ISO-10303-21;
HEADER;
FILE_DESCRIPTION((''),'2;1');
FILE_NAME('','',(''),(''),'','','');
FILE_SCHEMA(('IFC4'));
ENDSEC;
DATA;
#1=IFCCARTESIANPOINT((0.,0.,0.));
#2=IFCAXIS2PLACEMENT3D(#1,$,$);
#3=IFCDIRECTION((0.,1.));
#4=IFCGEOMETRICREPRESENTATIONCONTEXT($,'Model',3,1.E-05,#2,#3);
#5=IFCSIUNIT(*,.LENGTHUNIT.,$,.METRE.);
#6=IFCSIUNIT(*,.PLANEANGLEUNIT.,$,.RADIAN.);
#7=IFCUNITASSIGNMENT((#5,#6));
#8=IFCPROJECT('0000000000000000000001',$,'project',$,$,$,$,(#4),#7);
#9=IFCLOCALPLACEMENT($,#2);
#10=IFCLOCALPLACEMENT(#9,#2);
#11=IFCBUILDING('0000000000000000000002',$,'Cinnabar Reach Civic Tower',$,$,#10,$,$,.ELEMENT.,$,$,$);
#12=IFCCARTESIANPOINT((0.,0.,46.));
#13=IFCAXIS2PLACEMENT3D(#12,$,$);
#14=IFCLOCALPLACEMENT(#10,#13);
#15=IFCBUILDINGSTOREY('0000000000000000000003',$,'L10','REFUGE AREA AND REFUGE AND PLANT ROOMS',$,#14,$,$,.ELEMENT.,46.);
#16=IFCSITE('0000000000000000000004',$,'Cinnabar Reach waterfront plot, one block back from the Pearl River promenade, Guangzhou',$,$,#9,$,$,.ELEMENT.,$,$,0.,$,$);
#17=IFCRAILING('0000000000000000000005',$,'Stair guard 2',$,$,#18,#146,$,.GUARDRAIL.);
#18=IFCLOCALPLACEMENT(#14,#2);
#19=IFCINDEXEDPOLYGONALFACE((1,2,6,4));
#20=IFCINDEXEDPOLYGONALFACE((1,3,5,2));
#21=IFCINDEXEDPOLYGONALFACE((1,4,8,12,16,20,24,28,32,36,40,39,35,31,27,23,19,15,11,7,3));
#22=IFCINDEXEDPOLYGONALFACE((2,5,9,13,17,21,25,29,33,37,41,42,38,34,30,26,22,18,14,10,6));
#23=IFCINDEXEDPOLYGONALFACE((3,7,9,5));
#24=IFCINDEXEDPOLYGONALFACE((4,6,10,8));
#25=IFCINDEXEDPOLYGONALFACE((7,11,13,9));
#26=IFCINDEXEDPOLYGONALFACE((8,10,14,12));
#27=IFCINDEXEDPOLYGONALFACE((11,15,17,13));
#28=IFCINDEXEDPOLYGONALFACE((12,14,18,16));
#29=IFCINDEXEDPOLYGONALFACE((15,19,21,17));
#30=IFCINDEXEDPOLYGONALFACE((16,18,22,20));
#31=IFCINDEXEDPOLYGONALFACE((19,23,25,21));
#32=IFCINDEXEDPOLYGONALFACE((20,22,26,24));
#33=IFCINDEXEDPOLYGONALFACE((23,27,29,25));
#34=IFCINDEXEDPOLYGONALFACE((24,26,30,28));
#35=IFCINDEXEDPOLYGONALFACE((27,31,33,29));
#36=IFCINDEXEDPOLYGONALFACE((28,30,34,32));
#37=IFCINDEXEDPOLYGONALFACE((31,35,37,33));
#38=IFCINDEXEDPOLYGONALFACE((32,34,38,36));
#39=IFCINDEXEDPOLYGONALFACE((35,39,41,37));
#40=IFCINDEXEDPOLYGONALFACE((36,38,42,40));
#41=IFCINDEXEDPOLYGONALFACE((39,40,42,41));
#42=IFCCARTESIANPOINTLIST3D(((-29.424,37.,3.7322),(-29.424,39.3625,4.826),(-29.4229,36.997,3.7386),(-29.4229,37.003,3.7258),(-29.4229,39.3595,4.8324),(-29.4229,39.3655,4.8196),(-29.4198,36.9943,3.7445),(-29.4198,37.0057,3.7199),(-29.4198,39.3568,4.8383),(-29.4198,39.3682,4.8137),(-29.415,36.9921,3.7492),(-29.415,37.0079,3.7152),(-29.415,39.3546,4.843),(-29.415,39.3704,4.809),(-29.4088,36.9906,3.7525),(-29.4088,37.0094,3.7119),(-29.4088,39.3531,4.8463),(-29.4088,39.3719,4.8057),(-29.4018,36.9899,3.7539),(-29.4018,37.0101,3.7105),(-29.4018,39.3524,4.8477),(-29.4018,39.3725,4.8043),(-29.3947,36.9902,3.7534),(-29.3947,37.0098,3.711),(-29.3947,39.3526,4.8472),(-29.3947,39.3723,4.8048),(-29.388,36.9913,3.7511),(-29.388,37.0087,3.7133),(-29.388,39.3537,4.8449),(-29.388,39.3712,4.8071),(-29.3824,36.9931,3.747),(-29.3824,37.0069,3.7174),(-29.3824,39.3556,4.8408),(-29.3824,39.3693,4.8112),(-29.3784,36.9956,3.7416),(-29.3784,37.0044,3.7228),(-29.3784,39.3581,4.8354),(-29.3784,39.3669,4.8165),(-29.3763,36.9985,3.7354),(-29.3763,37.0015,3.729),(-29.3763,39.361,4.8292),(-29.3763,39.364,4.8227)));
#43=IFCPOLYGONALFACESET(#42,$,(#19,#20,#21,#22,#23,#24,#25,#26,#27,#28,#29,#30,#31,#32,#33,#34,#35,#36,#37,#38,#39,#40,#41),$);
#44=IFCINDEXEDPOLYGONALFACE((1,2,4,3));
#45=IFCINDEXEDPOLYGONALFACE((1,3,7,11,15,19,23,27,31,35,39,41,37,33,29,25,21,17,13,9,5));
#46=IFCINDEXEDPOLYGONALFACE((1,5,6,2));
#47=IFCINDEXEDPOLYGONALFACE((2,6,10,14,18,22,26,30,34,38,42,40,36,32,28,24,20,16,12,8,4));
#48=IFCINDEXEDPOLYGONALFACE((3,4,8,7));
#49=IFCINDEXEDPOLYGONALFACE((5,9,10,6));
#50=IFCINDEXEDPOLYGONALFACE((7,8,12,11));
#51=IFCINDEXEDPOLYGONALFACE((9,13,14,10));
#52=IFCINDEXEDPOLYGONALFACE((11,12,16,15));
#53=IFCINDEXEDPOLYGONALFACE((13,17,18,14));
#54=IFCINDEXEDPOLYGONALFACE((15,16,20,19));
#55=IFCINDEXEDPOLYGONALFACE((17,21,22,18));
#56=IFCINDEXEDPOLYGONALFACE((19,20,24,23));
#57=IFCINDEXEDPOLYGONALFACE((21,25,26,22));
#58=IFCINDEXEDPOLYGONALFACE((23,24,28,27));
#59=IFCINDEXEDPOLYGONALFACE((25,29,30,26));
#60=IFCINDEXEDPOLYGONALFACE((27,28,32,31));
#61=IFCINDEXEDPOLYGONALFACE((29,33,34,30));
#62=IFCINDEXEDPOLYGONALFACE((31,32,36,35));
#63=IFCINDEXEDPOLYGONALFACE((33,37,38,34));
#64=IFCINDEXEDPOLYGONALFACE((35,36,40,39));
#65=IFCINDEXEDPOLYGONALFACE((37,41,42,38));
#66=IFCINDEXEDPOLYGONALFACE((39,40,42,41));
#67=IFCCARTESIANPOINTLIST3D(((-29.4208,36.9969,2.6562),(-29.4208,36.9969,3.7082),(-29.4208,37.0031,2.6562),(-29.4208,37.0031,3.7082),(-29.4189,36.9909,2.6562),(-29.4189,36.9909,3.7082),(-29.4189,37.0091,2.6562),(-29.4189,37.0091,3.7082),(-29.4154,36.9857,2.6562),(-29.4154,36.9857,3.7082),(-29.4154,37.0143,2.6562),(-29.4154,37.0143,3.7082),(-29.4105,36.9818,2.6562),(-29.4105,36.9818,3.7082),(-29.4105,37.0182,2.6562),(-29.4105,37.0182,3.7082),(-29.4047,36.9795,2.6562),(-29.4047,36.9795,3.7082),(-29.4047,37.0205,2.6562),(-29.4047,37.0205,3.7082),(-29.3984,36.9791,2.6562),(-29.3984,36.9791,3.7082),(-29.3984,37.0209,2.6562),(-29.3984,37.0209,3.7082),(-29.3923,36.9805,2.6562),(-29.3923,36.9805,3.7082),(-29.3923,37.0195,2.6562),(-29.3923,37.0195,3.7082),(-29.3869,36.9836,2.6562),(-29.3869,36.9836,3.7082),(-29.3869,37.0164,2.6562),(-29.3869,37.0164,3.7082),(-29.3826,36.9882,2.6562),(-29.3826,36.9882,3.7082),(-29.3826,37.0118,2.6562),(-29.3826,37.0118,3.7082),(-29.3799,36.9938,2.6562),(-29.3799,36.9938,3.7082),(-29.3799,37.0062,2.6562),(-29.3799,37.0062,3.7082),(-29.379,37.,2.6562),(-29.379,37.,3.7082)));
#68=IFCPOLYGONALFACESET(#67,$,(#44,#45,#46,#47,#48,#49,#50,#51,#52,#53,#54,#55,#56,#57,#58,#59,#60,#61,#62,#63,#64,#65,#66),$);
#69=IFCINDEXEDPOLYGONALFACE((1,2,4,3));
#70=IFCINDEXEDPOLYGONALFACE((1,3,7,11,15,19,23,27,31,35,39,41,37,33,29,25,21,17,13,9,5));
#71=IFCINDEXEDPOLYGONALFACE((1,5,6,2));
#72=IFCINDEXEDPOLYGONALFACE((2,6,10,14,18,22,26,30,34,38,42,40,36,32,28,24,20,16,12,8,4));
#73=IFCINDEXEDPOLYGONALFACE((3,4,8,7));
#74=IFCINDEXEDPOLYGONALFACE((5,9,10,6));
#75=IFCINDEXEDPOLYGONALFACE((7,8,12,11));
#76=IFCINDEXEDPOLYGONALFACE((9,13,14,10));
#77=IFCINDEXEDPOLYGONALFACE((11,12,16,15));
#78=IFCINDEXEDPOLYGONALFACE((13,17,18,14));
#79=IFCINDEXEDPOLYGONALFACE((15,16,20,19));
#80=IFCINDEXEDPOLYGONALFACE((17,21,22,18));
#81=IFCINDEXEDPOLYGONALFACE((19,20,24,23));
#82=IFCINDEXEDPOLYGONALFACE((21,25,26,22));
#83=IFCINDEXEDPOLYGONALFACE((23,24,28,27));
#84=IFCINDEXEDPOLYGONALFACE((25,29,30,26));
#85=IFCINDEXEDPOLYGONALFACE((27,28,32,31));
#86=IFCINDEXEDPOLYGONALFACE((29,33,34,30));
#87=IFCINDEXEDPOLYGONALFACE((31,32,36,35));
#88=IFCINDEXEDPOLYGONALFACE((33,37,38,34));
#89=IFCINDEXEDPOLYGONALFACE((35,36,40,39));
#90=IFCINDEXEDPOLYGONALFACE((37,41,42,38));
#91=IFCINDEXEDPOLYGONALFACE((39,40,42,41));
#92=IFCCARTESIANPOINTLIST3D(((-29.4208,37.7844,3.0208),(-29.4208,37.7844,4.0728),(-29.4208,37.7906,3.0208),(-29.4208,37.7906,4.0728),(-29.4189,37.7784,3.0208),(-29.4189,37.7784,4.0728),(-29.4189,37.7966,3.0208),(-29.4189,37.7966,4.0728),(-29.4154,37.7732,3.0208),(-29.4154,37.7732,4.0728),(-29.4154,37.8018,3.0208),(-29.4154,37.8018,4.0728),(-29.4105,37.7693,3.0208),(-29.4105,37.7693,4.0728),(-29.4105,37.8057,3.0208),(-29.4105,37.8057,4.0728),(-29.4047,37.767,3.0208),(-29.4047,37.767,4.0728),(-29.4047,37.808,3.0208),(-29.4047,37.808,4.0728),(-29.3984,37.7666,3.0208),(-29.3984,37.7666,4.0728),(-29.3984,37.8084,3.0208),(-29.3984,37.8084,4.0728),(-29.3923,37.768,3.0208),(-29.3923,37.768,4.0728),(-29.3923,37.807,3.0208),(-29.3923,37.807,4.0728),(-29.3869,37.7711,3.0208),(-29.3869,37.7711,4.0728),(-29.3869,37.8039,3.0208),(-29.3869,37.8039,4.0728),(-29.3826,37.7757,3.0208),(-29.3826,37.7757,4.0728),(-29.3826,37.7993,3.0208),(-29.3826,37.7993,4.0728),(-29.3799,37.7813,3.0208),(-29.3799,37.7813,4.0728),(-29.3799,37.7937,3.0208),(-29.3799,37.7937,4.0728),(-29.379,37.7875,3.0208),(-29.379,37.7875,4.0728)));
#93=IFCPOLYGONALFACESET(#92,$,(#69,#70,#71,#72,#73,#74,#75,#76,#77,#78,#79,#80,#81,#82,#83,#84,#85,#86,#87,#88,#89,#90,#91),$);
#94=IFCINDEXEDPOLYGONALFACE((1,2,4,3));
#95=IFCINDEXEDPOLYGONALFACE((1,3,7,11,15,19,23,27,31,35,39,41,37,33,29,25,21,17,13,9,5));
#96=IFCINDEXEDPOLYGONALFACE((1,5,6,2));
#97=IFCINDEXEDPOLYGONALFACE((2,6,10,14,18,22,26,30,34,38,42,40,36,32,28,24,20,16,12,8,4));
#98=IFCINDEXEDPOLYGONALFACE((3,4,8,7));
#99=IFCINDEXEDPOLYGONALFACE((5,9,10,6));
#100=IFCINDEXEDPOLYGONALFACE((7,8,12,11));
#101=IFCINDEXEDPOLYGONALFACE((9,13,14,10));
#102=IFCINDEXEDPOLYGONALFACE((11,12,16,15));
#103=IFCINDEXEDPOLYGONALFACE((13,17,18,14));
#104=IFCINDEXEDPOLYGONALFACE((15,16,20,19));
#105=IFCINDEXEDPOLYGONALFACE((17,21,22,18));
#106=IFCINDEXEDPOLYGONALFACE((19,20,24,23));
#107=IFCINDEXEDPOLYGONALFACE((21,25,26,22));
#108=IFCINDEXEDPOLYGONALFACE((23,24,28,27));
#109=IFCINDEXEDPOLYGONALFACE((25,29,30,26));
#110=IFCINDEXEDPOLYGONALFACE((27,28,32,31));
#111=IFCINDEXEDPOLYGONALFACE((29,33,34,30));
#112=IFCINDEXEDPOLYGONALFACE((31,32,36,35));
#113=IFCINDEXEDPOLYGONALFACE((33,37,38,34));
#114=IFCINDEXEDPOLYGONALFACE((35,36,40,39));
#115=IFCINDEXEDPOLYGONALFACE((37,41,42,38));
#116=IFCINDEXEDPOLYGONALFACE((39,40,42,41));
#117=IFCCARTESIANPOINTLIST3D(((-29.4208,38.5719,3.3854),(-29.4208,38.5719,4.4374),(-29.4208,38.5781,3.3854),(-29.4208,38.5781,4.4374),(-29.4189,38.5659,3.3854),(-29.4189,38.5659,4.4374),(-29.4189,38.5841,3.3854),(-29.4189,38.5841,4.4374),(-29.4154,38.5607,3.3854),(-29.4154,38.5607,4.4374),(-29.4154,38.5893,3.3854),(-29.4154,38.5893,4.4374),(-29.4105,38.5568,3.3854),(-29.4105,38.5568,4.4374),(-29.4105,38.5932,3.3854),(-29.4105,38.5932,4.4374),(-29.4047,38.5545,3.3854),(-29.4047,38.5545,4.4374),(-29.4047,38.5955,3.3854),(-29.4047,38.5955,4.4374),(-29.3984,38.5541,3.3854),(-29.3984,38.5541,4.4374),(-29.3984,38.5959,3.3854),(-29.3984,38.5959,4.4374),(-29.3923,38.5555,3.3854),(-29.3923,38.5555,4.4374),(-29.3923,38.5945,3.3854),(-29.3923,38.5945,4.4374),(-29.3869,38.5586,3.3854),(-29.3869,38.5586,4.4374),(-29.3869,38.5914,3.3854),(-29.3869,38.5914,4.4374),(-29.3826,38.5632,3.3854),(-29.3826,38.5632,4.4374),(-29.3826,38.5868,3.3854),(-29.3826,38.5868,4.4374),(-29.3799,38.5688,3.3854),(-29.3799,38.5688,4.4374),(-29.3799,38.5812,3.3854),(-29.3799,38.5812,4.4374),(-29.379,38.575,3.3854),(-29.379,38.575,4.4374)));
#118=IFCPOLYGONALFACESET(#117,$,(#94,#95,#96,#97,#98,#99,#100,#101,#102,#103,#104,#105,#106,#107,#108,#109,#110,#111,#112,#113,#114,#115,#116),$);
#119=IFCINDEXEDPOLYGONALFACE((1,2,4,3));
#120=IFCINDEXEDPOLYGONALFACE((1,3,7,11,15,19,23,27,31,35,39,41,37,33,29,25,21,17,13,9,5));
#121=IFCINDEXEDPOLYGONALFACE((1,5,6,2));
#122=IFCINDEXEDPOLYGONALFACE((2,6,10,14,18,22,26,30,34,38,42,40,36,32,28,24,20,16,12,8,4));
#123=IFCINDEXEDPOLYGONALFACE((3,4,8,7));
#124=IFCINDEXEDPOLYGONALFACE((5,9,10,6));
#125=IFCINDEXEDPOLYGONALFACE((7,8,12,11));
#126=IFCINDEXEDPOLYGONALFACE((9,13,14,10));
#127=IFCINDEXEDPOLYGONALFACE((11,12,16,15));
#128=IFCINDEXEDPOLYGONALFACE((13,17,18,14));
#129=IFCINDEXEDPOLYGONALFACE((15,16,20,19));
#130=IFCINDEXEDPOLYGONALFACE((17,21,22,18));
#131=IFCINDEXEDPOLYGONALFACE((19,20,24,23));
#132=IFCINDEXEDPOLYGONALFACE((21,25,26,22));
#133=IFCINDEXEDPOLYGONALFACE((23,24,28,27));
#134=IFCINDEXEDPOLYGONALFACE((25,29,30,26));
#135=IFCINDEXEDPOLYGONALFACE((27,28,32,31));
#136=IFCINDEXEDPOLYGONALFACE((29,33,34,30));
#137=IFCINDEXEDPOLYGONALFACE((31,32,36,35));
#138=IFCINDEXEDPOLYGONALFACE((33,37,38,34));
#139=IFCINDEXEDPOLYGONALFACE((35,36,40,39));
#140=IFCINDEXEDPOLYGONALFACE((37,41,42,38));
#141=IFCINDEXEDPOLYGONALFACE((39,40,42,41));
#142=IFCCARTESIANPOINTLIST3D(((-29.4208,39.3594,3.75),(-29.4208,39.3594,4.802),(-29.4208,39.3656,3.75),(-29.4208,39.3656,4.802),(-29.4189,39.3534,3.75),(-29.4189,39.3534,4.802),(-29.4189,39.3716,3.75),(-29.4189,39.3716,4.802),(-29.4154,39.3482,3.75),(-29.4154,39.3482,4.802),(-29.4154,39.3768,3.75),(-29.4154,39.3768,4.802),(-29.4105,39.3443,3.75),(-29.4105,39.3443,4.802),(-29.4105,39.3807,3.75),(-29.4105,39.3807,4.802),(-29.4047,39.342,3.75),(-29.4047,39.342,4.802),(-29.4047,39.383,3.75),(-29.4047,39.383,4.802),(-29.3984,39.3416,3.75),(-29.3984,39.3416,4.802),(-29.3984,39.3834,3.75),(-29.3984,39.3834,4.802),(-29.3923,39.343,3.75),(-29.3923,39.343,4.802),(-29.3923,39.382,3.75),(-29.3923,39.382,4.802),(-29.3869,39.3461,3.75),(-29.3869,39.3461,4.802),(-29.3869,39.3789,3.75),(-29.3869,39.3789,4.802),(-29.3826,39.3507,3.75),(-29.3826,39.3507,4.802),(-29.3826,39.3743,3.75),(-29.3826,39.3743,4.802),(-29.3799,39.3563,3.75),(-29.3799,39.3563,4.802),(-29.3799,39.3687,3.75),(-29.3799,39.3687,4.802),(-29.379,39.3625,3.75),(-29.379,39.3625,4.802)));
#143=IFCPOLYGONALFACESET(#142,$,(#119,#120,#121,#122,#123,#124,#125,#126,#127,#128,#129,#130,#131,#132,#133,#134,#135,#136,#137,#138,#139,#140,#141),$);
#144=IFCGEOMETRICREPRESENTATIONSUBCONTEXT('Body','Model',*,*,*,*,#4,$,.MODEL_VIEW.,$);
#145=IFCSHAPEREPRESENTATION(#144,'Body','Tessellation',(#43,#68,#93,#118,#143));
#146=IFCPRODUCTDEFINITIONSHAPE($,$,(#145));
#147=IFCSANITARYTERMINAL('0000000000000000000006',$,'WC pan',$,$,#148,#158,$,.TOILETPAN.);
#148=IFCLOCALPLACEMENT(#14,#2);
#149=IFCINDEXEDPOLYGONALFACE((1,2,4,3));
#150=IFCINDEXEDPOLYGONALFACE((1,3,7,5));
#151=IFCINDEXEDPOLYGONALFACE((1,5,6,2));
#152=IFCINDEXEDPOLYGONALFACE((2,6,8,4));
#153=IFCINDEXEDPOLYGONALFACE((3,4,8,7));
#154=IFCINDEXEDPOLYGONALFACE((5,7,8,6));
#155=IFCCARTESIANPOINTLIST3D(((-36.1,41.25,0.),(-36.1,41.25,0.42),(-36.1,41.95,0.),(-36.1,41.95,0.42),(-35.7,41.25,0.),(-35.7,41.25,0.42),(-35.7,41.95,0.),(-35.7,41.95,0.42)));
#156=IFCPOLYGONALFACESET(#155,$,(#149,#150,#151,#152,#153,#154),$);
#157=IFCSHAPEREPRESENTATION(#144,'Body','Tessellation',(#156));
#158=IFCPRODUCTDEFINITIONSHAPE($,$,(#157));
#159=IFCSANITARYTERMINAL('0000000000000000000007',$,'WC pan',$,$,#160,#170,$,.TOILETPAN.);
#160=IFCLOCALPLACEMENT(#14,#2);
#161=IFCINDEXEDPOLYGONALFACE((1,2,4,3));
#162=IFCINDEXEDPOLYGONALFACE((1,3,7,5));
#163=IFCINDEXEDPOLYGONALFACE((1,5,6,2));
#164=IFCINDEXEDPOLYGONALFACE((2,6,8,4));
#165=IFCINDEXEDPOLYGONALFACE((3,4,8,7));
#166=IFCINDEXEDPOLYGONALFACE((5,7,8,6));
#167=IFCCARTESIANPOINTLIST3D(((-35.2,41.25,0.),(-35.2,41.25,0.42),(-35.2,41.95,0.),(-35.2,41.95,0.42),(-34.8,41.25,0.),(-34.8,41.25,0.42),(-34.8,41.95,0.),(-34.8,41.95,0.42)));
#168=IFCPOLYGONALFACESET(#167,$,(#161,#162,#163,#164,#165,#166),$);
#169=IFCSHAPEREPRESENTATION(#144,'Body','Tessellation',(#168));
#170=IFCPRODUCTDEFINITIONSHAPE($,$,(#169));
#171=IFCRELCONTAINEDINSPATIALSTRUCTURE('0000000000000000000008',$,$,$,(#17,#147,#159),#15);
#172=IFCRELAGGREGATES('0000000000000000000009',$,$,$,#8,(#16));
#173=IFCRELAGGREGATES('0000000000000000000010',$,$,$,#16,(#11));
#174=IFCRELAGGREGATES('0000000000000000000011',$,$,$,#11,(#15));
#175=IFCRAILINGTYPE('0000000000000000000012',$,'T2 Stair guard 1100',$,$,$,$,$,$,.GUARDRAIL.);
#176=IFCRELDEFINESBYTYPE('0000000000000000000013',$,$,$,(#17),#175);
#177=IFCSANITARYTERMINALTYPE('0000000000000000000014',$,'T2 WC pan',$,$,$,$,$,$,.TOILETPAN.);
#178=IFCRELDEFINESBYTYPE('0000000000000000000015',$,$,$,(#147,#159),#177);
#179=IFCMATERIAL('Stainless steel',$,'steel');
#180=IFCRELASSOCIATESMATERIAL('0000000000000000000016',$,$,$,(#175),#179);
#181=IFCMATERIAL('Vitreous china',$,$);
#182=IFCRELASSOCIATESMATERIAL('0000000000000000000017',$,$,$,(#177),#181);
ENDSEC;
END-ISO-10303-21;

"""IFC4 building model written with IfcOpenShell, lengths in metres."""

from ifc_helpers import new_model, si_unit, direction, frame, origin, origin_2d, place, context, subcontext, project, spatial, rectangle, circle, extrude, material, type_object, element, save


model = new_model("IFC4")

# Units and contexts
model_context = context("Model", 3, precision=1e-05, world=origin(), true_north=direction((0.0, 1.0)))
body_context = subcontext(model_context, "Body", "Model", "MODEL_VIEW")
ifc_project = project(units=[si_unit("LENGTHUNIT", "METRE"), si_unit("PLANEANGLEUNIT", "RADIAN")], contexts=[model_context])

# Site, building, storey
site_placement = place(None, origin())
site = spatial("IfcSite", under=ifc_project, at=site_placement, Name="Cinnabar Reach waterfront plot, one block back from the Pearl River promenade, Guangzhou", CompositionType="ELEMENT", RefElevation=0.0)
building_placement = place(site_placement, origin())
building = spatial("IfcBuilding", under=site, at=building_placement, Name="Cinnabar Reach Civic Tower", CompositionType="ELEMENT")
storey_placement = place(building_placement, frame((0.0, 0.0, 46.0)))
storey = spatial("IfcBuildingStorey", under=building, at=storey_placement, Name="L10", Description="REFUGE AREA AND REFUGE AND PLANT ROOMS", CompositionType="ELEMENT", Elevation=46.0)

# Railing
ifc_material_1 = material(Name="Stainless steel", Category="steel")
railing_type = type_object("IfcRailingType", Name="T2 Stair guard 1100", PredefinedType="GUARDRAIL", material=ifc_material_1)
railing_1_placement = place(storey_placement, frame((-29.4, 37.0, 2.6562)))
element("IfcRailing", 1, at=railing_1_placement, inside=storey, type_object=railing_type, Name="Stair guard 2", PredefinedType="GUARDRAIL", context=body_context, shape_type="SweptSolid", body=[
    extrude(circle(Radius=0.024, at=origin_2d()), frame((0.0, 0.0, 1.076), z_axis=(0.0, 0.90746, 0.420139), x_axis=(-1.0, 0.0, 0.0)), (0.0, 0.0, 1.0), 2.6034),
    extrude(circle(Radius=0.021, at=origin_2d()), origin(), (0.0, 0.0, 1.0), 1.052),
    extrude(circle(Radius=0.021, at=origin_2d()), frame((0.0, 0.7875, 0.3646)), (0.0, 0.0, 1.0), 1.052),
    extrude(circle(Radius=0.021, at=origin_2d()), frame((0.0, 1.575, 0.7292)), (0.0, 0.0, 1.0), 1.052),
    extrude(circle(Radius=0.021, at=origin_2d()), frame((0.0, 2.3625, 1.0938)), (0.0, 0.0, 1.0), 1.052),
])

# Sanitary terminals
ifc_material_2 = material(Name="Vitreous china")
sanitary_terminal_type = type_object("IfcSanitaryTerminalType", Name="T2 WC pan", PredefinedType="TOILETPAN", material=ifc_material_2)
for number, where, z_axis, x_axis, name in (
    (2, (-35.9, 41.6, 0.0), (0.0, 0.0, 1.0), (1.0, 0.0, 0.0), "WC pan"),
    (3, (-35.0, 41.6, 0.0), (0.0, 0.0, 1.0), (1.0, 0.0, 0.0), "WC pan"),
):
    element("IfcSanitaryTerminal", number, at=place(storey_placement, frame(where, z_axis=z_axis, x_axis=x_axis)), inside=storey, type_object=sanitary_terminal_type, Name=name, PredefinedType="TOILETPAN", context=body_context, shape_type="SweptSolid", body=[
        extrude(rectangle(XDim=0.4, YDim=0.7, at=origin_2d()), origin(), (0.0, 0.0, 1.0), 0.42),
    ])

save(model, "model.ifc")
